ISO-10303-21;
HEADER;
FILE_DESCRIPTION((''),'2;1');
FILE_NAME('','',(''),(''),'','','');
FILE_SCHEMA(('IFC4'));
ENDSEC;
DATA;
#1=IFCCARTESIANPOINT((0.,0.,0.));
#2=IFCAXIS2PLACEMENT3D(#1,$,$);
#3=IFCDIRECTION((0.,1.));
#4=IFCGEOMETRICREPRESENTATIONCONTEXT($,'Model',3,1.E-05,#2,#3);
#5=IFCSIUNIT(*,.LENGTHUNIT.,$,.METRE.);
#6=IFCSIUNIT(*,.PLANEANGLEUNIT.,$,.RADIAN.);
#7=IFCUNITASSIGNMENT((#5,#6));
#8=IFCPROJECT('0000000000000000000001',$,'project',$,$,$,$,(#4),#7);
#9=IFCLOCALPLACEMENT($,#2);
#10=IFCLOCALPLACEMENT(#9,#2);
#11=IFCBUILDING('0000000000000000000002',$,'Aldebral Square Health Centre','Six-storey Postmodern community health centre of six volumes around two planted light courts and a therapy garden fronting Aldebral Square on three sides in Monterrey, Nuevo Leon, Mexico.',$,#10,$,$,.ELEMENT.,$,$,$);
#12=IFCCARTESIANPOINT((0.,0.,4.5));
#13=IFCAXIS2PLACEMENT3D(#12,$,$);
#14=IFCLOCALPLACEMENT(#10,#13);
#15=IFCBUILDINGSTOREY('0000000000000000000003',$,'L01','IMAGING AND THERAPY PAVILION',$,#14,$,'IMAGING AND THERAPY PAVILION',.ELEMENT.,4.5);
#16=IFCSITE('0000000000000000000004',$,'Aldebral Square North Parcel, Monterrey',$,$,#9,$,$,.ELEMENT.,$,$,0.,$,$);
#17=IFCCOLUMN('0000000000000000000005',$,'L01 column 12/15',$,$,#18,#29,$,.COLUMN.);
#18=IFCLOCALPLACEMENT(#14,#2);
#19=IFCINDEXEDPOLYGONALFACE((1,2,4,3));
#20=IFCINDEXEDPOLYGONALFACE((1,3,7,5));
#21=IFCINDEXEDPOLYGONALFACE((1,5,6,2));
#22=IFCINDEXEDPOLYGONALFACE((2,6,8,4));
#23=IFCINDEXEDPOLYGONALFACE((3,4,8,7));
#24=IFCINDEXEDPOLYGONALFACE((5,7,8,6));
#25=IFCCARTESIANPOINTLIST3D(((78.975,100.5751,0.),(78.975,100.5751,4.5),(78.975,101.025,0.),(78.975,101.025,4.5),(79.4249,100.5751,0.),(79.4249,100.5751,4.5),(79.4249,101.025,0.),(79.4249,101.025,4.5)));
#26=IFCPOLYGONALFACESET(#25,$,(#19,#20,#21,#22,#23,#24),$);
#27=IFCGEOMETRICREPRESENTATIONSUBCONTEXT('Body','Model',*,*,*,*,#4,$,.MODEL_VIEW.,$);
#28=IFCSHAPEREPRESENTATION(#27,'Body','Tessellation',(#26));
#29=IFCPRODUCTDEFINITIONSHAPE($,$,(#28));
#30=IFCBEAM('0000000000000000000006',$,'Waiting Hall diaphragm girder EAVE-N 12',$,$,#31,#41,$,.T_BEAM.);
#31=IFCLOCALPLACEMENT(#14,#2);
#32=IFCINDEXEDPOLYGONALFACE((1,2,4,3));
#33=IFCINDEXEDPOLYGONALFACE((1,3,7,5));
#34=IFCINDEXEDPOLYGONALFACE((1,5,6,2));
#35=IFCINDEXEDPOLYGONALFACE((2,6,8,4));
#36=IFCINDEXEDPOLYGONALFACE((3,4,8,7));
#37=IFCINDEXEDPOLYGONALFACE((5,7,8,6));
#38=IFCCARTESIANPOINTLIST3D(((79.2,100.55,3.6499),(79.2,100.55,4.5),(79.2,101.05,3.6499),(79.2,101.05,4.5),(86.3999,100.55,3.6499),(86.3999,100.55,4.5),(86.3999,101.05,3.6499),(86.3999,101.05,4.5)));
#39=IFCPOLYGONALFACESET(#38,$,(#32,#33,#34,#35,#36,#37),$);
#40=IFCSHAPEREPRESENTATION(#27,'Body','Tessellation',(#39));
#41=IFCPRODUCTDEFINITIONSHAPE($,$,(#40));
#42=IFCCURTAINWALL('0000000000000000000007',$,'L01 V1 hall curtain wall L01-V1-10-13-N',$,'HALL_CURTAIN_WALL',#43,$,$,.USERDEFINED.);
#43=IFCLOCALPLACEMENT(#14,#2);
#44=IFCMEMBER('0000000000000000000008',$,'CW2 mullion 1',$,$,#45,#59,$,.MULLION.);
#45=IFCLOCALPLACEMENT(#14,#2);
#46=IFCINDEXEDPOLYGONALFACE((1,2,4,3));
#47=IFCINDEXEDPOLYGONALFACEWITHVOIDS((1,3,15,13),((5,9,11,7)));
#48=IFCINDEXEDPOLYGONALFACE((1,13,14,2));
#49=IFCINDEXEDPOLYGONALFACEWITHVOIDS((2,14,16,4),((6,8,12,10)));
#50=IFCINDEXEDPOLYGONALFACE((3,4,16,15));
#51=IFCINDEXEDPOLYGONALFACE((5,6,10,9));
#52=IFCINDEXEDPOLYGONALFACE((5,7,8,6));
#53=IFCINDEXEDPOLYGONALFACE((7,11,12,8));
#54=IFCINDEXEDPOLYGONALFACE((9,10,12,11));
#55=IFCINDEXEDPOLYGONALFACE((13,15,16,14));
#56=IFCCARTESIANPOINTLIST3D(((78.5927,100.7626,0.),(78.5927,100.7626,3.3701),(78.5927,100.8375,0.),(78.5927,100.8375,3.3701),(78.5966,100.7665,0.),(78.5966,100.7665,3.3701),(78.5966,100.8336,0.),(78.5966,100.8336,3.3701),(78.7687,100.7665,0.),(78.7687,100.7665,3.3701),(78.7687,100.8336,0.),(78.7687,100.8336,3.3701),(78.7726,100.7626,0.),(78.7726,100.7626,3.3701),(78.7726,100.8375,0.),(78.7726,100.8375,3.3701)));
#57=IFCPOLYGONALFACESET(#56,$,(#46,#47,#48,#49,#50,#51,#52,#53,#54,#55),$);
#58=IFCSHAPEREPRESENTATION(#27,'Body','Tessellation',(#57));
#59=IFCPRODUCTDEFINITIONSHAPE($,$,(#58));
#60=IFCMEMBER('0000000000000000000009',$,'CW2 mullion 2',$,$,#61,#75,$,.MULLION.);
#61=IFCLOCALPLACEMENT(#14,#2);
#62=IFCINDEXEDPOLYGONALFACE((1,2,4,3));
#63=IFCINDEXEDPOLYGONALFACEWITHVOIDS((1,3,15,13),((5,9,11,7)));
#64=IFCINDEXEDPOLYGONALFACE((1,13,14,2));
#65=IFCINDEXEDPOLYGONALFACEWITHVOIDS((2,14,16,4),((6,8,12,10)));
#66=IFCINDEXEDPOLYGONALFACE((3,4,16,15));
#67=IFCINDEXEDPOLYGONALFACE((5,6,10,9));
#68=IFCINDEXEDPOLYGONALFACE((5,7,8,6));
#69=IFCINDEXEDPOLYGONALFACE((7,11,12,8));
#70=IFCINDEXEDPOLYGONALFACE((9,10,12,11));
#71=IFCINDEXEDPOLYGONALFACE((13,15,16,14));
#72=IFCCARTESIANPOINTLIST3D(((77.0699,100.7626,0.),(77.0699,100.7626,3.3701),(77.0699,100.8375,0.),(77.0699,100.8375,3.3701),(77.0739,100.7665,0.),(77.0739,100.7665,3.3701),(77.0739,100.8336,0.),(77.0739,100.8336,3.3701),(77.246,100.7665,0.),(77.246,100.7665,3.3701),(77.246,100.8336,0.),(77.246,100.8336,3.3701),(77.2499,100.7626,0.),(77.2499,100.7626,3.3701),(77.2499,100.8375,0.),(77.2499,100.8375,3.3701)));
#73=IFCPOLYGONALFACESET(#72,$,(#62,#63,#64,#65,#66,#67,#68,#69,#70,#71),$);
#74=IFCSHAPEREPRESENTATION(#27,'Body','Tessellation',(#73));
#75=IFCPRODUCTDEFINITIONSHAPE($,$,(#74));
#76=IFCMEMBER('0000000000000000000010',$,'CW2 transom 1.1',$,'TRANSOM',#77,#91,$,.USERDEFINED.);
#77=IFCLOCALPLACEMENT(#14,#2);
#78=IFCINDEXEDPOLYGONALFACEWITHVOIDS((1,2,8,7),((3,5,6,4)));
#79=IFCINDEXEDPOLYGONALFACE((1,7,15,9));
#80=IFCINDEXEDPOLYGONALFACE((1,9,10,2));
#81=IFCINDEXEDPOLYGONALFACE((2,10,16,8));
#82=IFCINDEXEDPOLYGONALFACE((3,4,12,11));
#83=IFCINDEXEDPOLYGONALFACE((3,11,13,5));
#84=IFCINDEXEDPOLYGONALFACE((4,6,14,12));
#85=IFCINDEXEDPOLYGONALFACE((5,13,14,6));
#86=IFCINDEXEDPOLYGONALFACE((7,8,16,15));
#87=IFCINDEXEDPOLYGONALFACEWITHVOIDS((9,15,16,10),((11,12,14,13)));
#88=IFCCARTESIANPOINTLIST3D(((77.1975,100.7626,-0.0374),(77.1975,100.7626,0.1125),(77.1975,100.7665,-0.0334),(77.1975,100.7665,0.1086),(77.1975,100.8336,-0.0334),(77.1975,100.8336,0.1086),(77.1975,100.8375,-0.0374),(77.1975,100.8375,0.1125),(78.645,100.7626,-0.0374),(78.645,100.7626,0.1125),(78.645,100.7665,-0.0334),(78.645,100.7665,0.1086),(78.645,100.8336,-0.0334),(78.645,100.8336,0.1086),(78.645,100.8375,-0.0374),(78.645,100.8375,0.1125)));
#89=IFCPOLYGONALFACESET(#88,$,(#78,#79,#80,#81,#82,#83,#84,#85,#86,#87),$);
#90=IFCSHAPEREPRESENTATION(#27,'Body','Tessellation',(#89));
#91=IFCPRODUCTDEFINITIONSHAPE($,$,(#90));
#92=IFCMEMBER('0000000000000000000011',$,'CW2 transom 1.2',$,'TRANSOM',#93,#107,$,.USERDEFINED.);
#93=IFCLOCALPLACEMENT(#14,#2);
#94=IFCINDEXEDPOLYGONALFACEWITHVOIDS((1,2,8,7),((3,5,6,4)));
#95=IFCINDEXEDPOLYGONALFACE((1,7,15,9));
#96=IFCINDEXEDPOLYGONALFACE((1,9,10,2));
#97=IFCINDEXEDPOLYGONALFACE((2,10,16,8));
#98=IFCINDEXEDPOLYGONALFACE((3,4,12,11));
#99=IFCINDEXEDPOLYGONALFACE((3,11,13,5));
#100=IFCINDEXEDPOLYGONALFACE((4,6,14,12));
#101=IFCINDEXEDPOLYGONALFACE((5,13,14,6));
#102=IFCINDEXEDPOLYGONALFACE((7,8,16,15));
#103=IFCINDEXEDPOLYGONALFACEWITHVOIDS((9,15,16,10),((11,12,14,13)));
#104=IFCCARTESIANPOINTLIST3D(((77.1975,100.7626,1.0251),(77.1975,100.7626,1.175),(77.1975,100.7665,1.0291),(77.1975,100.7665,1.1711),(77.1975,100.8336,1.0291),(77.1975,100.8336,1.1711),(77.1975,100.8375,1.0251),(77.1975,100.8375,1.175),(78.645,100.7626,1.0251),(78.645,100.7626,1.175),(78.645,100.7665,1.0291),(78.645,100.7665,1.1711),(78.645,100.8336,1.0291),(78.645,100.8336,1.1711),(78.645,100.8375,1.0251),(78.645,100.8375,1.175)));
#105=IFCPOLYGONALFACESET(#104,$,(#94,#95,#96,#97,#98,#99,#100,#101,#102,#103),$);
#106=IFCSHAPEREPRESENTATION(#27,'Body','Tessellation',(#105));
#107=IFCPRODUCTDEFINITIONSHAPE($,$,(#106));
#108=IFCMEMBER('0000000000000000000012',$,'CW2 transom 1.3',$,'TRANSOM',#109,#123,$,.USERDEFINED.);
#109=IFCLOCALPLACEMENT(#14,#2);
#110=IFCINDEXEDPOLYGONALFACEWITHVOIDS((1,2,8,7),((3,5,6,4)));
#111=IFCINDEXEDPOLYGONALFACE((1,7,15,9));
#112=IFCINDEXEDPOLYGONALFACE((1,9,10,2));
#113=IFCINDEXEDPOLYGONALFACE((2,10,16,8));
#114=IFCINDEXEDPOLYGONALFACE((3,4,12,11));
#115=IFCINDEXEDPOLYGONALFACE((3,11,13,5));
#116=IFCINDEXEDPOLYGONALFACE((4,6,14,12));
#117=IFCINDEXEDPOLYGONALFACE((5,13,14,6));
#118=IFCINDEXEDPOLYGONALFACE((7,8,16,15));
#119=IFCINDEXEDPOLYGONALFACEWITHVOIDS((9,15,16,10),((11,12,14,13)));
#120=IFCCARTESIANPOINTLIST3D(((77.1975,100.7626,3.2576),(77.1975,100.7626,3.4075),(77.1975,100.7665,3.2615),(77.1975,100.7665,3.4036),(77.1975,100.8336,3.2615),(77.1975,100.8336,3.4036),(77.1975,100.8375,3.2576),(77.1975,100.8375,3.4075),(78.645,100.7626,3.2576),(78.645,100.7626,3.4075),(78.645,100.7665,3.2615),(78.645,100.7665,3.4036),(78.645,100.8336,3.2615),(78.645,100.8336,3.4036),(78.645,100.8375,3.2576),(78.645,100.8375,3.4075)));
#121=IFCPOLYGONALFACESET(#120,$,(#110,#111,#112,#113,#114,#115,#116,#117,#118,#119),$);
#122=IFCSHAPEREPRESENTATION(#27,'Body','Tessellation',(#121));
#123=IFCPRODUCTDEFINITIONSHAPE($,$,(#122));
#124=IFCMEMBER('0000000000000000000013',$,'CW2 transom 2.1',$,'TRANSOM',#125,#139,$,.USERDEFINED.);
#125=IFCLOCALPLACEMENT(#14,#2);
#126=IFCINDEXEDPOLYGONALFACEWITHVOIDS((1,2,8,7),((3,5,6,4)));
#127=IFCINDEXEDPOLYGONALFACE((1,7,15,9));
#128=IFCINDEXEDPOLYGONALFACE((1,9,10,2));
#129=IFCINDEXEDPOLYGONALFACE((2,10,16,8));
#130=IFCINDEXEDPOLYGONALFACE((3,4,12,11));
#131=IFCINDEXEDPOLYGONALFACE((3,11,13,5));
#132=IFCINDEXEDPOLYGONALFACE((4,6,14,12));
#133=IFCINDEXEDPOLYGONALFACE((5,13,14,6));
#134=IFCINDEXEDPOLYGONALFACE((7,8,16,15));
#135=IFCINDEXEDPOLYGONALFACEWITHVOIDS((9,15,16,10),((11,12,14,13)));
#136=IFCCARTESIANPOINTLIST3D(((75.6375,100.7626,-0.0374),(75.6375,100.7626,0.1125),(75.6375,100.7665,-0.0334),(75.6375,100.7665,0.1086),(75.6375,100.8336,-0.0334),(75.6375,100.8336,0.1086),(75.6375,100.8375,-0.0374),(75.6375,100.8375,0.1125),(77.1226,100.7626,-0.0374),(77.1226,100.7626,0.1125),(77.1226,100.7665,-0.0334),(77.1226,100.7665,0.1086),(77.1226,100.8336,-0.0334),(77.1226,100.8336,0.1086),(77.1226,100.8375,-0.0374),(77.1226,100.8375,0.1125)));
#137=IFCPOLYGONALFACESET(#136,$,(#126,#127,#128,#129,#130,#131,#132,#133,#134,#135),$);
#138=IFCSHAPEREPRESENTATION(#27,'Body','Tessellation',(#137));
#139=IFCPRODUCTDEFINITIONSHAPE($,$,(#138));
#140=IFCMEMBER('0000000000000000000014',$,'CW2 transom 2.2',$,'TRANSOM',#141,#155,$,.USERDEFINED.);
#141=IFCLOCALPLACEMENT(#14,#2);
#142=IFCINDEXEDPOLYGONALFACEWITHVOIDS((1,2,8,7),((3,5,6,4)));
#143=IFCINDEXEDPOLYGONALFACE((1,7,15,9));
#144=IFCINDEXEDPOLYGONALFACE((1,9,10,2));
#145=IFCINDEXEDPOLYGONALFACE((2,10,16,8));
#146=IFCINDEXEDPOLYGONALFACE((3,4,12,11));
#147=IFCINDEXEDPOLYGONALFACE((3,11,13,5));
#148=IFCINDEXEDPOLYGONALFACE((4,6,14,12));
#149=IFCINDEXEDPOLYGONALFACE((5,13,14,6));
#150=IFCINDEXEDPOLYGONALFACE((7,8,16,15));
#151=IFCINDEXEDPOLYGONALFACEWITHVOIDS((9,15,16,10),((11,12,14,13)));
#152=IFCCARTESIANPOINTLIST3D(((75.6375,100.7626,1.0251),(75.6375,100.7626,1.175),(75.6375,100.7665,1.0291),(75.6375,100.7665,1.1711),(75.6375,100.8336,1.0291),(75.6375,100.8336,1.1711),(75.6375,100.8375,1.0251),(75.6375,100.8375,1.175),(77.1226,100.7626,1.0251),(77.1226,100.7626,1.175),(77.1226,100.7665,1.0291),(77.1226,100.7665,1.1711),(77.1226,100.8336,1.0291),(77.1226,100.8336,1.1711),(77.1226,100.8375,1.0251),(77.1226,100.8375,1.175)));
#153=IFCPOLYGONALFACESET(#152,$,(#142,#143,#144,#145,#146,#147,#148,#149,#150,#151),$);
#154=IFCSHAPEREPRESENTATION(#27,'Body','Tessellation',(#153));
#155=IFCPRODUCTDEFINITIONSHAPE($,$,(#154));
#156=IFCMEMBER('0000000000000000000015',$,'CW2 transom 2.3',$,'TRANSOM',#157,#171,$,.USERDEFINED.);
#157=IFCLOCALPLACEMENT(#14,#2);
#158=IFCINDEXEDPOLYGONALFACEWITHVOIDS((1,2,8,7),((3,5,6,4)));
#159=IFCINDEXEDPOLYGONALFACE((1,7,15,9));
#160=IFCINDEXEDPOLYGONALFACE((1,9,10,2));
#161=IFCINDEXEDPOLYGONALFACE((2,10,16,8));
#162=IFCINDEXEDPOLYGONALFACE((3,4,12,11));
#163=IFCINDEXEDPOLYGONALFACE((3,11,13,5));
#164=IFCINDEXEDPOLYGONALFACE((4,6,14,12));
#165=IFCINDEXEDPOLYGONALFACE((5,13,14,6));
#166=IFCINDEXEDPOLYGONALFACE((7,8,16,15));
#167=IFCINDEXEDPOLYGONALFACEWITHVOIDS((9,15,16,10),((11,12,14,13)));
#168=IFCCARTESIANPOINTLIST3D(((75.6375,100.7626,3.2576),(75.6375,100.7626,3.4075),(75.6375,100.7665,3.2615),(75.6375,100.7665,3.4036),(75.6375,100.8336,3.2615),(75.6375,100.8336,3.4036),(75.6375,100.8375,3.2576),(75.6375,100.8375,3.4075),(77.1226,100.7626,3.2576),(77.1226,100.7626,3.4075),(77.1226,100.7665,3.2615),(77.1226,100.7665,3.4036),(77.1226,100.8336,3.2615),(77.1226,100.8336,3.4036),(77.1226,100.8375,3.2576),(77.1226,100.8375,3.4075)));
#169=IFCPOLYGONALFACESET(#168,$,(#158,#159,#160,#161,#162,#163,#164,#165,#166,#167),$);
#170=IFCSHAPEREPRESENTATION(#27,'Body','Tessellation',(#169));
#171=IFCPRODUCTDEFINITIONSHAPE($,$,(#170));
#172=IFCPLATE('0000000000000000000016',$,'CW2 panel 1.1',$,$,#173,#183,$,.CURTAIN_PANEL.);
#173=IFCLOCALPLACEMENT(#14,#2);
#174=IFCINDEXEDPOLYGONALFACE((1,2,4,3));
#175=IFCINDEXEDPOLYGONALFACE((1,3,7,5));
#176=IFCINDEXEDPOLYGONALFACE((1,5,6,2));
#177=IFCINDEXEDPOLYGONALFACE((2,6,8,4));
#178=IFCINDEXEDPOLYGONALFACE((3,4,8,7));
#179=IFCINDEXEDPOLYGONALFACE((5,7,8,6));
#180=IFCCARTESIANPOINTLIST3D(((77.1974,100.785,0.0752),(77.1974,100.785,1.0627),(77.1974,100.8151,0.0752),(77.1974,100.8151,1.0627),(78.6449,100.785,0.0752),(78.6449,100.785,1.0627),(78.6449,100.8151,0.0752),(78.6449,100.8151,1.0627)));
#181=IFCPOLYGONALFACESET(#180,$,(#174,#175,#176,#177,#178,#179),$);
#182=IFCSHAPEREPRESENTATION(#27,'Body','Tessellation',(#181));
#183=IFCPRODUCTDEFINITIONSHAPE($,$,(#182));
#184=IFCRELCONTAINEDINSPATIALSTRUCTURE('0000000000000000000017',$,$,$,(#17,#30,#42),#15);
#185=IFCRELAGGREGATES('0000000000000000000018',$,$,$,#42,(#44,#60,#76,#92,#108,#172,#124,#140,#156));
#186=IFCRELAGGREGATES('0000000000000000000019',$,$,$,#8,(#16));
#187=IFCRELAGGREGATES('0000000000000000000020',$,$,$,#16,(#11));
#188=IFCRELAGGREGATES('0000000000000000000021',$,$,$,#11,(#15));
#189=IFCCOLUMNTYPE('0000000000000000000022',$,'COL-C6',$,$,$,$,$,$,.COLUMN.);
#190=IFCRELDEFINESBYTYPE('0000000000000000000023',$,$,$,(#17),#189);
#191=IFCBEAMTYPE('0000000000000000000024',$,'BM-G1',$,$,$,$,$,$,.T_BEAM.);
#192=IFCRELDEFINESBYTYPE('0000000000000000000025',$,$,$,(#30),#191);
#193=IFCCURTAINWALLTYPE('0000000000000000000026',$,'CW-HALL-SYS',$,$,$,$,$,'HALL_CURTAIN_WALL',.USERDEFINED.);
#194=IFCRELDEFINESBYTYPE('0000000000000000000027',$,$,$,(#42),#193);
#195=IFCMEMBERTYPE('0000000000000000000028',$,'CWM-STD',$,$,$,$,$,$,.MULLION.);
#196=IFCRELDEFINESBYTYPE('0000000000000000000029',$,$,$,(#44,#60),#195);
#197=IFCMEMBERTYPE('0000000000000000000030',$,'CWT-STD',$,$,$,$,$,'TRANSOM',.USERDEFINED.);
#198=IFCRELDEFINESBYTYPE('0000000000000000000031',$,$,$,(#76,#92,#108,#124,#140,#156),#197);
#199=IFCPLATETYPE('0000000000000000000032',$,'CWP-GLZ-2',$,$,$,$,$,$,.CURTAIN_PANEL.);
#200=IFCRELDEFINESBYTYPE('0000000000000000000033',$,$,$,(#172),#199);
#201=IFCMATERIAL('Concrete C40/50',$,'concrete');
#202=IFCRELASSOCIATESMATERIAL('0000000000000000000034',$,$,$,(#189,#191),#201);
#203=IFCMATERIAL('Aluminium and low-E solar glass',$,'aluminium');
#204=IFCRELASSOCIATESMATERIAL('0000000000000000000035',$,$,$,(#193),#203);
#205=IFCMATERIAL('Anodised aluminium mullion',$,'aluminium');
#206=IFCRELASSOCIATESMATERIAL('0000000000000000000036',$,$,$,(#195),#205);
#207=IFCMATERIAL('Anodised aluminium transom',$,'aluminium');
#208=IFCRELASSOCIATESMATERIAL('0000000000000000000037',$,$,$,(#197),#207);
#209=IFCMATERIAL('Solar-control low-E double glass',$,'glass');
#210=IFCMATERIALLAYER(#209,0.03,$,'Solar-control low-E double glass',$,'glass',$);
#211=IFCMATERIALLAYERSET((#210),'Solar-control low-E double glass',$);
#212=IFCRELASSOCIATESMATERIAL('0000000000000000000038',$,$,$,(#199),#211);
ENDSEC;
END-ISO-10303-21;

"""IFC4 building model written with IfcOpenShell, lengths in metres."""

from ifc_helpers import new_model, si_unit, direction, frame, origin, origin_2d, place, context, subcontext, project, spatial, rectangle, hollow_rectangle, extrude, material, layer, layer_set, material_profile, profile_set, type_object, element, aggregate, save


model = new_model("IFC4")

# Units and contexts
model_context = context("Model", 3, precision=1e-05, world=origin(), true_north=direction((0.0, 1.0)))
body_context = subcontext(model_context, "Body", "Model", "MODEL_VIEW")
ifc_project = project(units=[si_unit("LENGTHUNIT", "METRE"), si_unit("PLANEANGLEUNIT", "RADIAN")], contexts=[model_context])

# Site, building, storey
site_placement = place(None, origin())
site = spatial("IfcSite", under=ifc_project, at=site_placement, Name="Aldebral Square North Parcel, Monterrey", CompositionType="ELEMENT", RefElevation=0.0)
building_placement = place(site_placement, origin())
building = spatial("IfcBuilding", under=site, at=building_placement, Name="Aldebral Square Health Centre", Description="Six-storey Postmodern community health centre of six volumes around two planted light courts and a therapy garden fronting Aldebral Square on three sides in Monterrey, Nuevo Leon, Mexico.", CompositionType="ELEMENT")
storey_placement = place(building_placement, frame((0.0, 0.0, 4.5)))
storey = spatial("IfcBuildingStorey", under=building, at=storey_placement, Name="L01", Description="IMAGING AND THERAPY PAVILION", LongName="IMAGING AND THERAPY PAVILION", CompositionType="ELEMENT", Elevation=4.5)

# Column
ifc_material_1 = material(Name="Concrete C40/50", Category="concrete")
ifc_material_profile_1 = material_profile(ifc_material_1, rectangle(XDim=0.45, YDim=0.45, at=origin_2d()), Name="RC 450x450")
ifc_profile_set_1 = profile_set([ifc_material_profile_1], Name="Concrete C40/50")
column_type = type_object("IfcColumnType", Name="COL-C6", PredefinedType="COLUMN", material=ifc_profile_set_1)
column_placement = place(storey_placement, frame((79.2, 100.8, 0.0), z_axis=(0.0, 0.0, 1.0), x_axis=(1.0, 0.0, 0.0)))
element("IfcColumn", 1, at=column_placement, inside=storey, type_object=column_type, Name="L01 column 12/15", PredefinedType="COLUMN", context=body_context, shape_type="SweptSolid", body=[
    extrude(rectangle(XDim=0.45, YDim=0.45, at=origin_2d()), origin(), (0.0, 0.0, 1.0), 4.5),
])

# Beam
ifc_material_profile_2 = material_profile(ifc_material_1, rectangle(XDim=0.5, YDim=0.8501, at=origin_2d()), Name="RC 500x850")
ifc_profile_set_2 = profile_set([ifc_material_profile_2], Name="Concrete C40/50")
beam_type = type_object("IfcBeamType", Name="BM-G1", PredefinedType="T_BEAM", material=ifc_profile_set_2)
beam_placement = place(storey_placement, frame((79.2, 100.8, 4.075), z_axis=(1.0, 0.0, 0.0), x_axis=(0.0, 1.0, 0.0)))
element("IfcBeam", 2, at=beam_placement, inside=storey, type_object=beam_type, Name="Waiting Hall diaphragm girder EAVE-N 12", PredefinedType="T_BEAM", context=body_context, shape_type="SweptSolid", body=[
    extrude(rectangle(XDim=0.5, YDim=0.8501, at=origin_2d()), origin(), (0.0, 0.0, 1.0), 7.2),
])

# Curtain wall, members, plate
ifc_material_2 = material(Name="Aluminium and low-E solar glass", Category="aluminium")
curtain_wall_type = type_object("IfcCurtainWallType", Name="CW-HALL-SYS", ElementType="HALL_CURTAIN_WALL", PredefinedType="USERDEFINED", material=ifc_material_2)
curtain_wall_placement = place(storey_placement, origin())
curtain_wall = element("IfcCurtainWall", 3, at=curtain_wall_placement, inside=storey, type_object=curtain_wall_type, Name="L01 V1 hall curtain wall L01-V1-10-13-N", ObjectType="HALL_CURTAIN_WALL", PredefinedType="USERDEFINED")
ifc_material_3 = material(Name="Anodised aluminium mullion", Category="aluminium")
ifc_material_profile_3 = material_profile(ifc_material_3, hollow_rectangle(XDim=0.075, YDim=0.1799, WallThickness=0.0039, at=origin_2d()), Name="CWM 75x180x4")
ifc_profile_set_3 = profile_set([ifc_material_profile_3], Name="Anodised aluminium mullion")
member_type_1 = type_object("IfcMemberType", Name="CWM-STD", PredefinedType="MULLION", material=ifc_profile_set_3)
member_1_placement = place(storey_placement, frame((78.6826, 100.8, 0.0), z_axis=(0.0, 0.0, 1.0), x_axis=(0.0, -1.0, 0.0)))
member_1 = element("IfcMember", 4, at=member_1_placement, type_object=member_type_1, Name="CW2 mullion 1", PredefinedType="MULLION", context=body_context, shape_type="SweptSolid", body=[
    extrude(hollow_rectangle(XDim=0.075, YDim=0.1799, WallThickness=0.0039, at=origin_2d()), origin(), (0.0, 0.0, 1.0), 3.3701),
])
member_2_placement = place(storey_placement, frame((77.1599, 100.8, 0.0), z_axis=(0.0, 0.0, 1.0), x_axis=(0.0, -1.0, 0.0)))
member_2 = element("IfcMember", 5, at=member_2_placement, type_object=member_type_1, Name="CW2 mullion 2", PredefinedType="MULLION", context=body_context, shape_type="SweptSolid", body=[
    extrude(hollow_rectangle(XDim=0.075, YDim=0.1799, WallThickness=0.0039, at=origin_2d()), origin(), (0.0, 0.0, 1.0), 3.3701),
])
ifc_material_4 = material(Name="Anodised aluminium transom", Category="aluminium")
ifc_material_profile_4 = material_profile(ifc_material_4, hollow_rectangle(XDim=0.075, YDim=0.1499, WallThickness=0.0039, at=origin_2d()), Name="CWT 75x150x4")
ifc_profile_set_4 = profile_set([ifc_material_profile_4], Name="Anodised aluminium transom")
member_type_2 = type_object("IfcMemberType", Name="CWT-STD", ElementType="TRANSOM", PredefinedType="USERDEFINED", material=ifc_profile_set_4)
member_3_placement = place(storey_placement, frame((78.645, 100.8, 0.0376), z_axis=(-1.0, 0.0, 0.0), x_axis=(0.0, -1.0, 0.0)))
member_3 = element("IfcMember", 6, at=member_3_placement, type_object=member_type_2, Name="CW2 transom 1.1", ObjectType="TRANSOM", PredefinedType="USERDEFINED", context=body_context, shape_type="SweptSolid", body=[
    extrude(hollow_rectangle(XDim=0.075, YDim=0.1499, WallThickness=0.0039, at=origin_2d()), origin(), (0.0, 0.0, 1.0), 1.4475),
])
member_4_placement = place(storey_placement, frame((78.645, 100.8, 1.1001), z_axis=(-1.0, 0.0, 0.0), x_axis=(0.0, -1.0, 0.0)))
member_4 = element("IfcMember", 7, at=member_4_placement, type_object=member_type_2, Name="CW2 transom 1.2", ObjectType="TRANSOM", PredefinedType="USERDEFINED", context=body_context, shape_type="SweptSolid", body=[
    extrude(hollow_rectangle(XDim=0.075, YDim=0.1499, WallThickness=0.0039, at=origin_2d()), origin(), (0.0, 0.0, 1.0), 1.4475),
])
member_5_placement = place(storey_placement, frame((78.645, 100.8, 3.3325), z_axis=(-1.0, 0.0, 0.0), x_axis=(0.0, -1.0, 0.0)))
member_5 = element("IfcMember", 8, at=member_5_placement, type_object=member_type_2, Name="CW2 transom 1.3", ObjectType="TRANSOM", PredefinedType="USERDEFINED", context=body_context, shape_type="SweptSolid", body=[
    extrude(hollow_rectangle(XDim=0.075, YDim=0.1499, WallThickness=0.0039, at=origin_2d()), origin(), (0.0, 0.0, 1.0), 1.4475),
])
member_6_placement = place(storey_placement, frame((77.1226, 100.8, 0.0376), z_axis=(-1.0, 0.0, 0.0), x_axis=(0.0, -1.0, 0.0)))
member_6 = element("IfcMember", 9, at=member_6_placement, type_object=member_type_2, Name="CW2 transom 2.1", ObjectType="TRANSOM", PredefinedType="USERDEFINED", context=body_context, shape_type="SweptSolid", body=[
    extrude(hollow_rectangle(XDim=0.075, YDim=0.1499, WallThickness=0.0039, at=origin_2d()), origin(), (0.0, 0.0, 1.0), 1.4851),
])
member_7_placement = place(storey_placement, frame((77.1226, 100.8, 1.1001), z_axis=(-1.0, 0.0, 0.0), x_axis=(0.0, -1.0, 0.0)))
member_7 = element("IfcMember", 10, at=member_7_placement, type_object=member_type_2, Name="CW2 transom 2.2", ObjectType="TRANSOM", PredefinedType="USERDEFINED", context=body_context, shape_type="SweptSolid", body=[
    extrude(hollow_rectangle(XDim=0.075, YDim=0.1499, WallThickness=0.0039, at=origin_2d()), origin(), (0.0, 0.0, 1.0), 1.4851),
])
member_8_placement = place(storey_placement, frame((77.1226, 100.8, 3.3325), z_axis=(-1.0, 0.0, 0.0), x_axis=(0.0, -1.0, 0.0)))
member_8 = element("IfcMember", 11, at=member_8_placement, type_object=member_type_2, Name="CW2 transom 2.3", ObjectType="TRANSOM", PredefinedType="USERDEFINED", context=body_context, shape_type="SweptSolid", body=[
    extrude(hollow_rectangle(XDim=0.075, YDim=0.1499, WallThickness=0.0039, at=origin_2d()), origin(), (0.0, 0.0, 1.0), 1.4851),
])
ifc_material_5 = material(Name="Solar-control low-E double glass", Category="glass")
ifc_layer_1 = layer(ifc_material_5, 0.03, Name="Solar-control low-E double glass", Category="glass")
ifc_layer_set_1 = layer_set([ifc_layer_1], Name="Solar-control low-E double glass")
plate_type = type_object("IfcPlateType", Name="CWP-GLZ-2", PredefinedType="CURTAIN_PANEL", material=ifc_layer_set_1)
plate_1_placement = place(storey_placement, frame((77.9211, 100.8, 0.0752), z_axis=(0.0, 0.0, 1.0), x_axis=(-1.0, 0.0, 0.0)))
plate_1 = element("IfcPlate", 12, at=plate_1_placement, type_object=plate_type, Name="CW2 panel 1.1", PredefinedType="CURTAIN_PANEL", context=body_context, shape_type="SweptSolid", body=[
    extrude(rectangle(XDim=1.4475, YDim=0.03, at=origin_2d()), origin(), (0.0, 0.0, 1.0), 0.9875),
])
aggregate(curtain_wall, [member_1, member_2, member_3, member_4, member_5, plate_1, member_6, member_7, member_8])

save(model, "model.ifc")
